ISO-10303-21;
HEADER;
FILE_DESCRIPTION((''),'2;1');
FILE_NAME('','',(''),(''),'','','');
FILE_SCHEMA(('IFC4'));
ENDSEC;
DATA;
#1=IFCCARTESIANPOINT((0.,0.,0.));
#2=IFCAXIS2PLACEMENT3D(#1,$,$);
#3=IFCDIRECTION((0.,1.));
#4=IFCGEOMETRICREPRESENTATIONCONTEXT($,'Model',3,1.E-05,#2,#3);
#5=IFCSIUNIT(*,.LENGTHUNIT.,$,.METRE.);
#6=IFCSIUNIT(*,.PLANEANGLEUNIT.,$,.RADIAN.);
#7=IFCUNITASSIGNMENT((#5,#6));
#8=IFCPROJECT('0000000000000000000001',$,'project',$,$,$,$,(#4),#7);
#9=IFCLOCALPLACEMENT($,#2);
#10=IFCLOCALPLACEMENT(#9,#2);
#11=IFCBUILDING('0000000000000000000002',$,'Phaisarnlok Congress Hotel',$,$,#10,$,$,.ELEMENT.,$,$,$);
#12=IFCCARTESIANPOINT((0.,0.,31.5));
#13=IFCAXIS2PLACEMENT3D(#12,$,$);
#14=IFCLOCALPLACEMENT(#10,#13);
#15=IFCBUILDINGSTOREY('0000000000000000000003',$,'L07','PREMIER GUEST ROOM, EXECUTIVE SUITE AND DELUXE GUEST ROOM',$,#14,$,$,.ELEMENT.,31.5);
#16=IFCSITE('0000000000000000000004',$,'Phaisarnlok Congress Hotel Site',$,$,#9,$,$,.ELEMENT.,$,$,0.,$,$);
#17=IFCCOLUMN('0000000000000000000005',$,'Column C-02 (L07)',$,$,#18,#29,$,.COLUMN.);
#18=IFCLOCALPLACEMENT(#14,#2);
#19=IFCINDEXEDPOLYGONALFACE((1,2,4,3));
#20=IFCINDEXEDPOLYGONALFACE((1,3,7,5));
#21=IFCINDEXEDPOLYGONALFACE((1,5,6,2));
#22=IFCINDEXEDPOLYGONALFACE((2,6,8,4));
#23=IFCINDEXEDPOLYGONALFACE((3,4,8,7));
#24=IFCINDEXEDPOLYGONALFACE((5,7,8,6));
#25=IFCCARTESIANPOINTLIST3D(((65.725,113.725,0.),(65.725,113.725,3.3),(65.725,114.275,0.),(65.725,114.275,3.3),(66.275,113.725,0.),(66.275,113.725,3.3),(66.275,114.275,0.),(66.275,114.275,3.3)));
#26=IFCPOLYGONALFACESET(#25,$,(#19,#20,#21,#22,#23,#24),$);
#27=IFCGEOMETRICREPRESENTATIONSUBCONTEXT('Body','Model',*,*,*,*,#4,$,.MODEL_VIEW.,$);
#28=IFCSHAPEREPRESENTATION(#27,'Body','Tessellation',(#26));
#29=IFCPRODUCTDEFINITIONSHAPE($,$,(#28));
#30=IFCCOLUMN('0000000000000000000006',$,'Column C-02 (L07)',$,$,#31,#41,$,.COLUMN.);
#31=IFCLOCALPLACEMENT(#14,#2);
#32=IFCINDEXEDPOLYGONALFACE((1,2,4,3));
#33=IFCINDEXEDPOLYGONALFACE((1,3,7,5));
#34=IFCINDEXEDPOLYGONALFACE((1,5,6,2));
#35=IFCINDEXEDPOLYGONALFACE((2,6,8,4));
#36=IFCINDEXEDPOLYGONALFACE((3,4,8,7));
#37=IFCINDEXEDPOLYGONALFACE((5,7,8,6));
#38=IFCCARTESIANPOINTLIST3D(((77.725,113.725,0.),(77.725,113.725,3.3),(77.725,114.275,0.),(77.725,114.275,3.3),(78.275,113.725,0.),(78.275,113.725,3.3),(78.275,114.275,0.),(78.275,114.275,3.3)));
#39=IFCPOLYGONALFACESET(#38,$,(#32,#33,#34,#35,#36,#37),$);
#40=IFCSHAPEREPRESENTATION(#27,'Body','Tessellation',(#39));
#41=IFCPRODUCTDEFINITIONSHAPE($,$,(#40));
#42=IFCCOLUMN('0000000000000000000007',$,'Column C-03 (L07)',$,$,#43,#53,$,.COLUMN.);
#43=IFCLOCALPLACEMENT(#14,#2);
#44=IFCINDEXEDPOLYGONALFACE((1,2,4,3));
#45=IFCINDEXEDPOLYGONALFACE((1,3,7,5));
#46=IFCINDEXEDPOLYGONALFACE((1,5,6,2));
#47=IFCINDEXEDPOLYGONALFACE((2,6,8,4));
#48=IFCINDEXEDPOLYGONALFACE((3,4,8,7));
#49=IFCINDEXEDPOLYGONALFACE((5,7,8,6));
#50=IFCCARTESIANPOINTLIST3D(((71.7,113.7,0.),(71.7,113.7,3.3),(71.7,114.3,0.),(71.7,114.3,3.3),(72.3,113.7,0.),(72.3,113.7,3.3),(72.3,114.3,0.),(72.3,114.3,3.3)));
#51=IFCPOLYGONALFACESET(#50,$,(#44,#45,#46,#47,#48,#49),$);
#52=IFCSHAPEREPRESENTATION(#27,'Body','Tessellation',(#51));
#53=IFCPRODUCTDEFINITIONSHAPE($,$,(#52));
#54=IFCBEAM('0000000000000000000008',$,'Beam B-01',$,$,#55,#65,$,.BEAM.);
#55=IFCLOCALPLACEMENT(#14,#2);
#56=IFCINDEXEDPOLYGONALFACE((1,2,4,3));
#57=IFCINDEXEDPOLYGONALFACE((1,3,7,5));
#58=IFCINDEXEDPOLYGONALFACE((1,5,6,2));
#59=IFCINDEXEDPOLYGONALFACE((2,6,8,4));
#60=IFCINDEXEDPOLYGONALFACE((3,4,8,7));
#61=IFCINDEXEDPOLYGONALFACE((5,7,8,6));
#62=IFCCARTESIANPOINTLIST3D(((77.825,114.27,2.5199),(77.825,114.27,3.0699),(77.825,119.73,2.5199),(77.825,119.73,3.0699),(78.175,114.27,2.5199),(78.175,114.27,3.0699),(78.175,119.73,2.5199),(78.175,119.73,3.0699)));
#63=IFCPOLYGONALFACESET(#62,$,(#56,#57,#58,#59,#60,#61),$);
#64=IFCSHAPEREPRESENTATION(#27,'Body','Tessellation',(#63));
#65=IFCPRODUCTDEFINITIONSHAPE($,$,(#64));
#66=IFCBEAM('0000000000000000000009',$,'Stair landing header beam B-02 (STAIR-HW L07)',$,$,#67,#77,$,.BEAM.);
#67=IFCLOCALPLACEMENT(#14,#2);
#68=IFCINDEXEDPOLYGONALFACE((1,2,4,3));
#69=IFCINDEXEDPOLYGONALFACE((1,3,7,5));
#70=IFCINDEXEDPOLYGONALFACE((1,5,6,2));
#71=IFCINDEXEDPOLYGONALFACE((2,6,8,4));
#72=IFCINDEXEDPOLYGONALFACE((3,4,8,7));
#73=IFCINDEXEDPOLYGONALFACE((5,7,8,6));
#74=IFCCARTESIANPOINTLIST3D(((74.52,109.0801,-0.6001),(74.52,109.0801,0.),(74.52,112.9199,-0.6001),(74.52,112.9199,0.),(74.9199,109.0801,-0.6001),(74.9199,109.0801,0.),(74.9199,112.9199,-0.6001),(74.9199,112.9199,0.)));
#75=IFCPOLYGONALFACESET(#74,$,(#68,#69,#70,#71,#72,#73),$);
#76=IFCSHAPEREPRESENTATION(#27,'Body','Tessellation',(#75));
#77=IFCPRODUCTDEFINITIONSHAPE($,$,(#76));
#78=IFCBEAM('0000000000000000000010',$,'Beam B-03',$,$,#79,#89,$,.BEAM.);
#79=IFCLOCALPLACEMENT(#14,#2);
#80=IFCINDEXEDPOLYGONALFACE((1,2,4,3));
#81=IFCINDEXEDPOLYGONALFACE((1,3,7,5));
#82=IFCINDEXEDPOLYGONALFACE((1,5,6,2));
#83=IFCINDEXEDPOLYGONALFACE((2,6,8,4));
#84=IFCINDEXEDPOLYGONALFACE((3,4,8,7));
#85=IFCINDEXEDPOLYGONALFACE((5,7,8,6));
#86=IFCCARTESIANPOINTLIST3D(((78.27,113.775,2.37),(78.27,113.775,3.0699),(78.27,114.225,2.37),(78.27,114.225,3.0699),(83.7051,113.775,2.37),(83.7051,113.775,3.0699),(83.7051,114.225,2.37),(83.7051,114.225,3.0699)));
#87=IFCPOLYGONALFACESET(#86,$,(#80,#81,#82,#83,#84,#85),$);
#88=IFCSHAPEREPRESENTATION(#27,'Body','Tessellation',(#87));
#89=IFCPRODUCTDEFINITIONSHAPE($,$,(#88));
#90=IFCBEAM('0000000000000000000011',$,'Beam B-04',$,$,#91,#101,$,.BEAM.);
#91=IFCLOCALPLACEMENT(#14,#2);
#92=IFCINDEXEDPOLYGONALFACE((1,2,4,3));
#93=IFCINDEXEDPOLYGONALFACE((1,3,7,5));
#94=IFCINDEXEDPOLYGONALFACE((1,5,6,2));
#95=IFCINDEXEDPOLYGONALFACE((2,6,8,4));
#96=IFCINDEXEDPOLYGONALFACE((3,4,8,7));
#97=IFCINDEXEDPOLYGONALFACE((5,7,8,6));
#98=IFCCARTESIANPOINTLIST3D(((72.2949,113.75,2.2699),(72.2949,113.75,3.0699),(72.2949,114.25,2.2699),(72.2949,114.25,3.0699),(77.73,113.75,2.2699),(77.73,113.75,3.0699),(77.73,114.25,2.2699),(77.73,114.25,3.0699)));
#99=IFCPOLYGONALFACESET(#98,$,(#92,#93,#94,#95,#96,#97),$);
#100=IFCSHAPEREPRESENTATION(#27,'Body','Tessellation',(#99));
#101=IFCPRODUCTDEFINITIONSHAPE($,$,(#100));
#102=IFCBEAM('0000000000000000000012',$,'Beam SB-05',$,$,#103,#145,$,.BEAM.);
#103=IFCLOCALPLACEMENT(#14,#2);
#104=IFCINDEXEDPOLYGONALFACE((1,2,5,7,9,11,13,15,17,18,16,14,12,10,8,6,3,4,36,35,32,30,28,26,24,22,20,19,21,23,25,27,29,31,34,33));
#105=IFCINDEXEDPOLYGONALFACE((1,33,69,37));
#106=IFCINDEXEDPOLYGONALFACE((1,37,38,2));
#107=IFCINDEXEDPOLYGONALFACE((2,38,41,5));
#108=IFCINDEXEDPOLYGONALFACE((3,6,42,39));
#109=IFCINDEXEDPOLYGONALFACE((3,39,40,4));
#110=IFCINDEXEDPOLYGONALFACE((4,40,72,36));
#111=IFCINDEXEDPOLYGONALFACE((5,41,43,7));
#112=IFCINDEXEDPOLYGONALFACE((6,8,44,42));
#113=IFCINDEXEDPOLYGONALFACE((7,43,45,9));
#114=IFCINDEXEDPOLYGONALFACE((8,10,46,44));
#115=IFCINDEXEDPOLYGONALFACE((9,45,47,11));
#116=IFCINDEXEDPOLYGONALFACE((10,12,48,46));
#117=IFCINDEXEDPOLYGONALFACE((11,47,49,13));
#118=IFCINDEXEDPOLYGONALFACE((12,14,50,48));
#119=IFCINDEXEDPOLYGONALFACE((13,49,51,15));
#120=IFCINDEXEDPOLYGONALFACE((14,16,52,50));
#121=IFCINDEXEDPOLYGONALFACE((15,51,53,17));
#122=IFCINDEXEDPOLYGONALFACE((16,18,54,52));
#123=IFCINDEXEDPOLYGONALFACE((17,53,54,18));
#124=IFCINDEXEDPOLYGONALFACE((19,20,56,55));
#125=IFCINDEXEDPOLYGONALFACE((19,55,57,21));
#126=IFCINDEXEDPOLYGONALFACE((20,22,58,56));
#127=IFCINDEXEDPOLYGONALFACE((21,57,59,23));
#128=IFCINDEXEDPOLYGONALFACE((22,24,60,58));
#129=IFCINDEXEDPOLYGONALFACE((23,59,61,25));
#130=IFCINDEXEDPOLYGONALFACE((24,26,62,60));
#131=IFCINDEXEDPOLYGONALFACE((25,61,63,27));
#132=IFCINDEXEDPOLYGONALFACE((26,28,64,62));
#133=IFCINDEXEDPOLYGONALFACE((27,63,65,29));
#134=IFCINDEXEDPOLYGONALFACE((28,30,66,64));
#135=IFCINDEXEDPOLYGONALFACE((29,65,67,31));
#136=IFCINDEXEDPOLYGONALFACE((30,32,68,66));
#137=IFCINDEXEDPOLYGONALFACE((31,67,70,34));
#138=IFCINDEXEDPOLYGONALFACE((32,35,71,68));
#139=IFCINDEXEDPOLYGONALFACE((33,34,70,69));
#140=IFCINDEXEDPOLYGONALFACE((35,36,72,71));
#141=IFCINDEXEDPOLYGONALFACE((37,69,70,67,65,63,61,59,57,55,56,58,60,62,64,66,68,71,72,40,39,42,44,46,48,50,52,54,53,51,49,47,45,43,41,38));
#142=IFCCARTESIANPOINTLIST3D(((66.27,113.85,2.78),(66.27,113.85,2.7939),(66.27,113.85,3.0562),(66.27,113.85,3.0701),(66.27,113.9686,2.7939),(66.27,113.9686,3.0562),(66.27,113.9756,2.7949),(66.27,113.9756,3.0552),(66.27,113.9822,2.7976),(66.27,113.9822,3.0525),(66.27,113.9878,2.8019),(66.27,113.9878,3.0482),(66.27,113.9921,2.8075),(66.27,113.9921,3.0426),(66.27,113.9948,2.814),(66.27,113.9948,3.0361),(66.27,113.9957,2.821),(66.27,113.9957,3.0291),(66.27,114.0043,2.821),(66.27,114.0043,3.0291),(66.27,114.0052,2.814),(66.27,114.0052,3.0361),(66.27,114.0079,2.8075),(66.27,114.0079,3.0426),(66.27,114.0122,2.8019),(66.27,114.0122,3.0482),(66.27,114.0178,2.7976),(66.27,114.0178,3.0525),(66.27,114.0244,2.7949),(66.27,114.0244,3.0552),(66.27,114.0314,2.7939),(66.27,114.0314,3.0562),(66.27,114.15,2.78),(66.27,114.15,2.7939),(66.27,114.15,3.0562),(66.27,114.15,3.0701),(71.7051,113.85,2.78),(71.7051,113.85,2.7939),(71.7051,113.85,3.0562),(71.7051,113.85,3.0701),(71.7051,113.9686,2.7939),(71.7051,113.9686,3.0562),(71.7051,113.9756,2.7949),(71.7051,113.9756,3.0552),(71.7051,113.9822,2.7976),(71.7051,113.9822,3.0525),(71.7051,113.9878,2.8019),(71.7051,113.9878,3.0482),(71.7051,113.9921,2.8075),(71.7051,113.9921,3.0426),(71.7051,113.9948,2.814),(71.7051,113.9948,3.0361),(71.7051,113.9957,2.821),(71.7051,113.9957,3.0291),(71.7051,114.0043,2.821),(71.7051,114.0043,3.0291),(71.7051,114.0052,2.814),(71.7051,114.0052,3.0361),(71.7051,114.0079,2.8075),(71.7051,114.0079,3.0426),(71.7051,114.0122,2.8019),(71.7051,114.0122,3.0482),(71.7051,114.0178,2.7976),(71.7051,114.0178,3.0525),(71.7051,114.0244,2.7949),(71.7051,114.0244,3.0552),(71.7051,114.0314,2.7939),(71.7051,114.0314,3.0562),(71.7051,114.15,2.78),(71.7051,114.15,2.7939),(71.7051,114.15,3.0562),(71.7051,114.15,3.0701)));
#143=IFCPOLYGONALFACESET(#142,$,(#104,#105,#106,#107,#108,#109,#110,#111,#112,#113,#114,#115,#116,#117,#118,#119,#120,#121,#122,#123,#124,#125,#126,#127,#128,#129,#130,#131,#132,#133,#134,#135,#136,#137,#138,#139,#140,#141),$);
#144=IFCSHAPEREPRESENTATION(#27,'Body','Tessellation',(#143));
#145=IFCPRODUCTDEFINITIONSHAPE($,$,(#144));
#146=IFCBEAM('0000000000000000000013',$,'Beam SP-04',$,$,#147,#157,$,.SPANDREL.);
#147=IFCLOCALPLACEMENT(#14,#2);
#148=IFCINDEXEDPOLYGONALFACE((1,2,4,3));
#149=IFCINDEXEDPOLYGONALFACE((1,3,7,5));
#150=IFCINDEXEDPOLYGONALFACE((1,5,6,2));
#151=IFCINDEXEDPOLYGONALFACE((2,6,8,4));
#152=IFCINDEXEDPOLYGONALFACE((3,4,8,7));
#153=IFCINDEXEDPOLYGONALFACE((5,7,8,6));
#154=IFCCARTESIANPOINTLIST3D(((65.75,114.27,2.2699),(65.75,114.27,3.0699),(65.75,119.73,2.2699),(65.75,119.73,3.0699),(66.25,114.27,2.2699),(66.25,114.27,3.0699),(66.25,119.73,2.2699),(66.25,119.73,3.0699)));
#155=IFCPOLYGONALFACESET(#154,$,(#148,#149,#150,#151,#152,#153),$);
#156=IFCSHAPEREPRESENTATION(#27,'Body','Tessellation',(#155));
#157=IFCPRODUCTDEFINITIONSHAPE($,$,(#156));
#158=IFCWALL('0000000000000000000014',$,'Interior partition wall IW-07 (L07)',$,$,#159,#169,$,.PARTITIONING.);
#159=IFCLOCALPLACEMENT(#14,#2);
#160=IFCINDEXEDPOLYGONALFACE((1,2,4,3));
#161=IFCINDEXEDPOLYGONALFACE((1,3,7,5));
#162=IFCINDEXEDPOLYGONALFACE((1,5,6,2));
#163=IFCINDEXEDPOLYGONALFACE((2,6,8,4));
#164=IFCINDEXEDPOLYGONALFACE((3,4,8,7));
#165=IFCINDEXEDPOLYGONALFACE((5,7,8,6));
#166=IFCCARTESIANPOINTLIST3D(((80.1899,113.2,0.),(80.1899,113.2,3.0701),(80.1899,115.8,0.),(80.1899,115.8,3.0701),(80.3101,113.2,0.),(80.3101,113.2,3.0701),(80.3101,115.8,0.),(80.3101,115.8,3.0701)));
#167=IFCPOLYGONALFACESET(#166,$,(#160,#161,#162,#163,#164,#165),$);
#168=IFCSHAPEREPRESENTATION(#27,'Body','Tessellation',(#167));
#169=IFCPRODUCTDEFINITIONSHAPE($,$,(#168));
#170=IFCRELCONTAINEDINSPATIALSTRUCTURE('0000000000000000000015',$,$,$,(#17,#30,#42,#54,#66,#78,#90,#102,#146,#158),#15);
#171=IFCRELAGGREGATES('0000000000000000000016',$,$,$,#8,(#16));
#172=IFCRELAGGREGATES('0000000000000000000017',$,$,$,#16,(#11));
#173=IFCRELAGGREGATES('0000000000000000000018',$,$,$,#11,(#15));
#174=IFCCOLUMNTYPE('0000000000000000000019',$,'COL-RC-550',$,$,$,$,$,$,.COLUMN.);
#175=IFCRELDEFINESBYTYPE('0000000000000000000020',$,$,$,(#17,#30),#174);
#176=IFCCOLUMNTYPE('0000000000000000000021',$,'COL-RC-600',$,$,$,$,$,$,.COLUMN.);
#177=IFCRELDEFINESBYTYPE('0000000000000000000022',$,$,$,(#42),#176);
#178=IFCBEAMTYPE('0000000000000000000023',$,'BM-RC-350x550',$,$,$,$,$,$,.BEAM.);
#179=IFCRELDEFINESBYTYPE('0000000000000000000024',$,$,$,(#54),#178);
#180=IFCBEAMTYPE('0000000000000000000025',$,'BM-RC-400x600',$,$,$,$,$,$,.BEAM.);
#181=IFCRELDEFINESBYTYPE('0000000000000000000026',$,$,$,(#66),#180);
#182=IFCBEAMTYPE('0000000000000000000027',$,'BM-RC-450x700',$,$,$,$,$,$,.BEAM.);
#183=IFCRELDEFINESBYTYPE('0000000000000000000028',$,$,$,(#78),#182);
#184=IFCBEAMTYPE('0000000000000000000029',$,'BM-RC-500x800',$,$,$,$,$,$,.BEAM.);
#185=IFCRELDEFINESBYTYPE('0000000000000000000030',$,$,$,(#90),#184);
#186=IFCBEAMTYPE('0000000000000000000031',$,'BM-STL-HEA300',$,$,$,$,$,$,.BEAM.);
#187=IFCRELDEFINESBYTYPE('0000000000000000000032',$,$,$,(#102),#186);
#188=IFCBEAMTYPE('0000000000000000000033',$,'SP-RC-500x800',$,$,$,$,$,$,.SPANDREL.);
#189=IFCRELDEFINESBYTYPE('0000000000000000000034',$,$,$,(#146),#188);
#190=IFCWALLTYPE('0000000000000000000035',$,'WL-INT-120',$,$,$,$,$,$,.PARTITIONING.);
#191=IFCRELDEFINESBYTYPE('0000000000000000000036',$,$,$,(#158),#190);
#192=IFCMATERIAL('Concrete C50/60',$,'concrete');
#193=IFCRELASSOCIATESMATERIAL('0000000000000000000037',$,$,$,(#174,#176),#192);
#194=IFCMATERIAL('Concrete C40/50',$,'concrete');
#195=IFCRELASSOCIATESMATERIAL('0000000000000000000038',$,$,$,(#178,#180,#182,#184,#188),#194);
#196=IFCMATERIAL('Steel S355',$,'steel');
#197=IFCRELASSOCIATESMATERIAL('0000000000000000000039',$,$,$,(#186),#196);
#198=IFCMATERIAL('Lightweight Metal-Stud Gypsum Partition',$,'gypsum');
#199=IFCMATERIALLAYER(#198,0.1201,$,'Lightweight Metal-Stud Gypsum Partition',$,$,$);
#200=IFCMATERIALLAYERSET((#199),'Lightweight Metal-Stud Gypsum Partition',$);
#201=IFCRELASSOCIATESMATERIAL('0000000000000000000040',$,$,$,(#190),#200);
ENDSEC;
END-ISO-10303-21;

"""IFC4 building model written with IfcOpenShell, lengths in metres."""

from ifc_helpers import new_model, si_unit, direction, frame, frame_2d, origin, origin_2d, place, context, subcontext, project, spatial, rectangle, i_section, extrude, material, layer, layer_set, material_profile, profile_set, type_object, element, save


model = new_model("IFC4")

# Units and contexts
model_context = context("Model", 3, precision=1e-05, world=origin(), true_north=direction((0.0, 1.0)))
body_context = subcontext(model_context, "Body", "Model", "MODEL_VIEW")
ifc_project = project(units=[si_unit("LENGTHUNIT", "METRE"), si_unit("PLANEANGLEUNIT", "RADIAN")], contexts=[model_context])

# Site, building, storey
site_placement = place(None, origin())
site = spatial("IfcSite", under=ifc_project, at=site_placement, Name="Phaisarnlok Congress Hotel Site", CompositionType="ELEMENT", RefElevation=0.0)
building_placement = place(site_placement, origin())
building = spatial("IfcBuilding", under=site, at=building_placement, Name="Phaisarnlok Congress Hotel", CompositionType="ELEMENT")
storey_placement = place(building_placement, frame((0.0, 0.0, 31.5)))
storey = spatial("IfcBuildingStorey", under=building, at=storey_placement, Name="L07", Description="PREMIER GUEST ROOM, EXECUTIVE SUITE AND DELUXE GUEST ROOM", CompositionType="ELEMENT", Elevation=31.5)

# Columns
ifc_material_1 = material(Name="Concrete C50/60", Category="concrete")
ifc_material_profile_1 = material_profile(ifc_material_1, rectangle(XDim=0.55, YDim=0.55, at=origin_2d()), Name="RC 550x550")
ifc_profile_set_1 = profile_set([ifc_material_profile_1], Name="Concrete C50/60")
column_type_1 = type_object("IfcColumnType", Name="COL-RC-550", PredefinedType="COLUMN", material=ifc_profile_set_1)
for number, where, z_axis, x_axis, name in (
    (1, (66.0, 114.0, 0.0), (0.0, 0.0, 1.0), (1.0, 0.0, 0.0), "Column C-02 (L07)"),
    (2, (78.0, 114.0, 0.0), (0.0, 0.0, 1.0), (1.0, 0.0, 0.0), "Column C-02 (L07)"),
):
    element("IfcColumn", number, at=place(storey_placement, frame(where, z_axis=z_axis, x_axis=x_axis)), inside=storey, type_object=column_type_1, Name=name, PredefinedType="COLUMN", context=body_context, shape_type="SweptSolid", body=[
        extrude(rectangle(XDim=0.55, YDim=0.55, at=origin_2d()), origin(), (0.0, 0.0, 1.0), 3.3),
    ])
ifc_material_profile_2 = material_profile(ifc_material_1, rectangle(XDim=0.6001, YDim=0.6001, at=origin_2d()), Name="RC 600x600")
ifc_profile_set_2 = profile_set([ifc_material_profile_2], Name="Concrete C50/60")
column_type_2 = type_object("IfcColumnType", Name="COL-RC-600", PredefinedType="COLUMN", material=ifc_profile_set_2)
column_placement = place(storey_placement, frame((72.0, 114.0, 0.0), z_axis=(0.0, 0.0, 1.0), x_axis=(1.0, 0.0, 0.0)))
element("IfcColumn", 3, at=column_placement, inside=storey, type_object=column_type_2, Name="Column C-03 (L07)", PredefinedType="COLUMN", context=body_context, shape_type="SweptSolid", body=[
    extrude(rectangle(XDim=0.6001, YDim=0.6001, at=origin_2d()), origin(), (0.0, 0.0, 1.0), 3.3),
])

# Beams
ifc_material_2 = material(Name="Concrete C40/50", Category="concrete")
ifc_material_profile_3 = material_profile(ifc_material_2, rectangle(XDim=0.3501, YDim=0.55, at=origin_2d()), Name="RC 350x550")
ifc_profile_set_3 = profile_set([ifc_material_profile_3], Name="Concrete C40/50")
beam_type_1 = type_object("IfcBeamType", Name="BM-RC-350x550", PredefinedType="BEAM", material=ifc_profile_set_3)
beam_1_placement = place(storey_placement, frame((78.0, 114.27, 2.7949), z_axis=(0.0, 1.0, 0.0), x_axis=(-1.0, 0.0, 0.0)))
element("IfcBeam", 4, at=beam_1_placement, inside=storey, type_object=beam_type_1, Name="Beam B-01", PredefinedType="BEAM", context=body_context, shape_type="SweptSolid", body=[
    extrude(rectangle(XDim=0.3501, YDim=0.55, at=origin_2d()), origin(), (0.0, 0.0, 1.0), 5.46),
])
ifc_material_profile_4 = material_profile(ifc_material_2, rectangle(XDim=0.3999, YDim=0.6001, at=origin_2d()), Name="RC 400x600")
ifc_profile_set_4 = profile_set([ifc_material_profile_4], Name="Concrete C40/50")
beam_type_2 = type_object("IfcBeamType", Name="BM-RC-400x600", PredefinedType="BEAM", material=ifc_profile_set_4)
beam_2_placement = place(storey_placement, frame((74.72, 109.0801, -0.3), z_axis=(0.0, 1.0, 0.0), x_axis=(-1.0, 0.0, 0.0)))
element("IfcBeam", 5, at=beam_2_placement, inside=storey, type_object=beam_type_2, Name="Stair landing header beam B-02 (STAIR-HW L07)", PredefinedType="BEAM", context=body_context, shape_type="SweptSolid", body=[
    extrude(rectangle(XDim=0.3999, YDim=0.6001, at=origin_2d()), origin(), (0.0, 0.0, 1.0), 3.8398),
])
ifc_material_profile_5 = material_profile(ifc_material_2, rectangle(XDim=0.45, YDim=0.7, at=origin_2d()), Name="RC 450x700")
ifc_profile_set_5 = profile_set([ifc_material_profile_5], Name="Concrete C40/50")
beam_type_3 = type_object("IfcBeamType", Name="BM-RC-450x700", PredefinedType="BEAM", material=ifc_profile_set_5)
beam_3_placement = place(storey_placement, frame((78.27, 114.0, 2.72), z_axis=(1.0, 0.0, 0.0), x_axis=(0.0, 1.0, 0.0)))
element("IfcBeam", 6, at=beam_3_placement, inside=storey, type_object=beam_type_3, Name="Beam B-03", PredefinedType="BEAM", context=body_context, shape_type="SweptSolid", body=[
    extrude(rectangle(XDim=0.45, YDim=0.7, at=origin_2d()), origin(), (0.0, 0.0, 1.0), 5.4351),
])
ifc_material_profile_6 = material_profile(ifc_material_2, rectangle(XDim=0.5, YDim=0.8, at=origin_2d()), Name="RC 500x800")
ifc_profile_set_6 = profile_set([ifc_material_profile_6], Name="Concrete C40/50")
beam_type_4 = type_object("IfcBeamType", Name="BM-RC-500x800", PredefinedType="BEAM", material=ifc_profile_set_6)
beam_4_placement = place(storey_placement, frame((72.2949, 114.0, 2.6699), z_axis=(1.0, 0.0, 0.0), x_axis=(0.0, 1.0, 0.0)))
element("IfcBeam", 7, at=beam_4_placement, inside=storey, type_object=beam_type_4, Name="Beam B-04", PredefinedType="BEAM", context=body_context, shape_type="SweptSolid", body=[
    extrude(rectangle(XDim=0.5, YDim=0.8, at=origin_2d()), origin(), (0.0, 0.0, 1.0), 5.4351),
])
ifc_material_3 = material(Name="Steel S355", Category="steel")
ifc_material_profile_7 = material_profile(ifc_material_3, i_section(OverallWidth=0.3, OverallDepth=0.29, WebThickness=0.0085, FlangeThickness=0.0139, FilletRadius=0.0271, at=origin_2d()), Name="HEA 300")
ifc_profile_set_7 = profile_set([ifc_material_profile_7], Name="Steel S355")
beam_type_5 = type_object("IfcBeamType", Name="BM-STL-HEA300", PredefinedType="BEAM", material=ifc_profile_set_7)
beam_5_placement = place(storey_placement, frame((66.27, 114.0, 2.925), z_axis=(1.0, 0.0, 0.0), x_axis=(0.0, 1.0, 0.0)))
element("IfcBeam", 8, at=beam_5_placement, inside=storey, type_object=beam_type_5, Name="Beam SB-05", PredefinedType="BEAM", context=body_context, shape_type="SweptSolid", body=[
    extrude(i_section(OverallWidth=0.3, OverallDepth=0.29, WebThickness=0.0085, FlangeThickness=0.0139, FilletRadius=0.0271, at=origin_2d()), origin(), (0.0, 0.0, 1.0), 5.4351),
])
ifc_material_profile_8 = material_profile(ifc_material_2, rectangle(XDim=0.5, YDim=0.8, at=origin_2d()), Name="RC 500x800")
ifc_profile_set_8 = profile_set([ifc_material_profile_8], Name="Concrete C40/50")
beam_type_6 = type_object("IfcBeamType", Name="SP-RC-500x800", PredefinedType="SPANDREL", material=ifc_profile_set_8)
beam_6_placement = place(storey_placement, frame((66.0, 114.27, 2.6699), z_axis=(0.0, 1.0, 0.0), x_axis=(-1.0, 0.0, 0.0)))
element("IfcBeam", 9, at=beam_6_placement, inside=storey, type_object=beam_type_6, Name="Beam SP-04", PredefinedType="SPANDREL", context=body_context, shape_type="SweptSolid", body=[
    extrude(rectangle(XDim=0.5, YDim=0.8, at=origin_2d()), origin(), (0.0, 0.0, 1.0), 5.46),
])

# Wall
ifc_material_4 = material(Name="Lightweight Metal-Stud Gypsum Partition", Category="gypsum")
ifc_layer_1 = layer(ifc_material_4, 0.1201, Name="Lightweight Metal-Stud Gypsum Partition")
ifc_layer_set_1 = layer_set([ifc_layer_1], Name="Lightweight Metal-Stud Gypsum Partition")
wall_type_1 = type_object("IfcWallType", Name="WL-INT-120", PredefinedType="PARTITIONING", material=ifc_layer_set_1)
wall_1_placement = place(storey_placement, frame((80.25, 113.2, 0.0), z_axis=(0.0, 0.0, 1.0), x_axis=(0.0, 1.0, 0.0)))
element("IfcWall", 10, at=wall_1_placement, inside=storey, type_object=wall_type_1, Name="Interior partition wall IW-07 (L07)", PredefinedType="PARTITIONING", context=body_context, shape_type="SweptSolid", body=[
    extrude(rectangle(XDim=2.6001, YDim=0.1201, at=frame_2d((1.3, 0.0))), origin(), (0.0, 0.0, 1.0), 3.0701),
])

save(model, "model.ifc")
